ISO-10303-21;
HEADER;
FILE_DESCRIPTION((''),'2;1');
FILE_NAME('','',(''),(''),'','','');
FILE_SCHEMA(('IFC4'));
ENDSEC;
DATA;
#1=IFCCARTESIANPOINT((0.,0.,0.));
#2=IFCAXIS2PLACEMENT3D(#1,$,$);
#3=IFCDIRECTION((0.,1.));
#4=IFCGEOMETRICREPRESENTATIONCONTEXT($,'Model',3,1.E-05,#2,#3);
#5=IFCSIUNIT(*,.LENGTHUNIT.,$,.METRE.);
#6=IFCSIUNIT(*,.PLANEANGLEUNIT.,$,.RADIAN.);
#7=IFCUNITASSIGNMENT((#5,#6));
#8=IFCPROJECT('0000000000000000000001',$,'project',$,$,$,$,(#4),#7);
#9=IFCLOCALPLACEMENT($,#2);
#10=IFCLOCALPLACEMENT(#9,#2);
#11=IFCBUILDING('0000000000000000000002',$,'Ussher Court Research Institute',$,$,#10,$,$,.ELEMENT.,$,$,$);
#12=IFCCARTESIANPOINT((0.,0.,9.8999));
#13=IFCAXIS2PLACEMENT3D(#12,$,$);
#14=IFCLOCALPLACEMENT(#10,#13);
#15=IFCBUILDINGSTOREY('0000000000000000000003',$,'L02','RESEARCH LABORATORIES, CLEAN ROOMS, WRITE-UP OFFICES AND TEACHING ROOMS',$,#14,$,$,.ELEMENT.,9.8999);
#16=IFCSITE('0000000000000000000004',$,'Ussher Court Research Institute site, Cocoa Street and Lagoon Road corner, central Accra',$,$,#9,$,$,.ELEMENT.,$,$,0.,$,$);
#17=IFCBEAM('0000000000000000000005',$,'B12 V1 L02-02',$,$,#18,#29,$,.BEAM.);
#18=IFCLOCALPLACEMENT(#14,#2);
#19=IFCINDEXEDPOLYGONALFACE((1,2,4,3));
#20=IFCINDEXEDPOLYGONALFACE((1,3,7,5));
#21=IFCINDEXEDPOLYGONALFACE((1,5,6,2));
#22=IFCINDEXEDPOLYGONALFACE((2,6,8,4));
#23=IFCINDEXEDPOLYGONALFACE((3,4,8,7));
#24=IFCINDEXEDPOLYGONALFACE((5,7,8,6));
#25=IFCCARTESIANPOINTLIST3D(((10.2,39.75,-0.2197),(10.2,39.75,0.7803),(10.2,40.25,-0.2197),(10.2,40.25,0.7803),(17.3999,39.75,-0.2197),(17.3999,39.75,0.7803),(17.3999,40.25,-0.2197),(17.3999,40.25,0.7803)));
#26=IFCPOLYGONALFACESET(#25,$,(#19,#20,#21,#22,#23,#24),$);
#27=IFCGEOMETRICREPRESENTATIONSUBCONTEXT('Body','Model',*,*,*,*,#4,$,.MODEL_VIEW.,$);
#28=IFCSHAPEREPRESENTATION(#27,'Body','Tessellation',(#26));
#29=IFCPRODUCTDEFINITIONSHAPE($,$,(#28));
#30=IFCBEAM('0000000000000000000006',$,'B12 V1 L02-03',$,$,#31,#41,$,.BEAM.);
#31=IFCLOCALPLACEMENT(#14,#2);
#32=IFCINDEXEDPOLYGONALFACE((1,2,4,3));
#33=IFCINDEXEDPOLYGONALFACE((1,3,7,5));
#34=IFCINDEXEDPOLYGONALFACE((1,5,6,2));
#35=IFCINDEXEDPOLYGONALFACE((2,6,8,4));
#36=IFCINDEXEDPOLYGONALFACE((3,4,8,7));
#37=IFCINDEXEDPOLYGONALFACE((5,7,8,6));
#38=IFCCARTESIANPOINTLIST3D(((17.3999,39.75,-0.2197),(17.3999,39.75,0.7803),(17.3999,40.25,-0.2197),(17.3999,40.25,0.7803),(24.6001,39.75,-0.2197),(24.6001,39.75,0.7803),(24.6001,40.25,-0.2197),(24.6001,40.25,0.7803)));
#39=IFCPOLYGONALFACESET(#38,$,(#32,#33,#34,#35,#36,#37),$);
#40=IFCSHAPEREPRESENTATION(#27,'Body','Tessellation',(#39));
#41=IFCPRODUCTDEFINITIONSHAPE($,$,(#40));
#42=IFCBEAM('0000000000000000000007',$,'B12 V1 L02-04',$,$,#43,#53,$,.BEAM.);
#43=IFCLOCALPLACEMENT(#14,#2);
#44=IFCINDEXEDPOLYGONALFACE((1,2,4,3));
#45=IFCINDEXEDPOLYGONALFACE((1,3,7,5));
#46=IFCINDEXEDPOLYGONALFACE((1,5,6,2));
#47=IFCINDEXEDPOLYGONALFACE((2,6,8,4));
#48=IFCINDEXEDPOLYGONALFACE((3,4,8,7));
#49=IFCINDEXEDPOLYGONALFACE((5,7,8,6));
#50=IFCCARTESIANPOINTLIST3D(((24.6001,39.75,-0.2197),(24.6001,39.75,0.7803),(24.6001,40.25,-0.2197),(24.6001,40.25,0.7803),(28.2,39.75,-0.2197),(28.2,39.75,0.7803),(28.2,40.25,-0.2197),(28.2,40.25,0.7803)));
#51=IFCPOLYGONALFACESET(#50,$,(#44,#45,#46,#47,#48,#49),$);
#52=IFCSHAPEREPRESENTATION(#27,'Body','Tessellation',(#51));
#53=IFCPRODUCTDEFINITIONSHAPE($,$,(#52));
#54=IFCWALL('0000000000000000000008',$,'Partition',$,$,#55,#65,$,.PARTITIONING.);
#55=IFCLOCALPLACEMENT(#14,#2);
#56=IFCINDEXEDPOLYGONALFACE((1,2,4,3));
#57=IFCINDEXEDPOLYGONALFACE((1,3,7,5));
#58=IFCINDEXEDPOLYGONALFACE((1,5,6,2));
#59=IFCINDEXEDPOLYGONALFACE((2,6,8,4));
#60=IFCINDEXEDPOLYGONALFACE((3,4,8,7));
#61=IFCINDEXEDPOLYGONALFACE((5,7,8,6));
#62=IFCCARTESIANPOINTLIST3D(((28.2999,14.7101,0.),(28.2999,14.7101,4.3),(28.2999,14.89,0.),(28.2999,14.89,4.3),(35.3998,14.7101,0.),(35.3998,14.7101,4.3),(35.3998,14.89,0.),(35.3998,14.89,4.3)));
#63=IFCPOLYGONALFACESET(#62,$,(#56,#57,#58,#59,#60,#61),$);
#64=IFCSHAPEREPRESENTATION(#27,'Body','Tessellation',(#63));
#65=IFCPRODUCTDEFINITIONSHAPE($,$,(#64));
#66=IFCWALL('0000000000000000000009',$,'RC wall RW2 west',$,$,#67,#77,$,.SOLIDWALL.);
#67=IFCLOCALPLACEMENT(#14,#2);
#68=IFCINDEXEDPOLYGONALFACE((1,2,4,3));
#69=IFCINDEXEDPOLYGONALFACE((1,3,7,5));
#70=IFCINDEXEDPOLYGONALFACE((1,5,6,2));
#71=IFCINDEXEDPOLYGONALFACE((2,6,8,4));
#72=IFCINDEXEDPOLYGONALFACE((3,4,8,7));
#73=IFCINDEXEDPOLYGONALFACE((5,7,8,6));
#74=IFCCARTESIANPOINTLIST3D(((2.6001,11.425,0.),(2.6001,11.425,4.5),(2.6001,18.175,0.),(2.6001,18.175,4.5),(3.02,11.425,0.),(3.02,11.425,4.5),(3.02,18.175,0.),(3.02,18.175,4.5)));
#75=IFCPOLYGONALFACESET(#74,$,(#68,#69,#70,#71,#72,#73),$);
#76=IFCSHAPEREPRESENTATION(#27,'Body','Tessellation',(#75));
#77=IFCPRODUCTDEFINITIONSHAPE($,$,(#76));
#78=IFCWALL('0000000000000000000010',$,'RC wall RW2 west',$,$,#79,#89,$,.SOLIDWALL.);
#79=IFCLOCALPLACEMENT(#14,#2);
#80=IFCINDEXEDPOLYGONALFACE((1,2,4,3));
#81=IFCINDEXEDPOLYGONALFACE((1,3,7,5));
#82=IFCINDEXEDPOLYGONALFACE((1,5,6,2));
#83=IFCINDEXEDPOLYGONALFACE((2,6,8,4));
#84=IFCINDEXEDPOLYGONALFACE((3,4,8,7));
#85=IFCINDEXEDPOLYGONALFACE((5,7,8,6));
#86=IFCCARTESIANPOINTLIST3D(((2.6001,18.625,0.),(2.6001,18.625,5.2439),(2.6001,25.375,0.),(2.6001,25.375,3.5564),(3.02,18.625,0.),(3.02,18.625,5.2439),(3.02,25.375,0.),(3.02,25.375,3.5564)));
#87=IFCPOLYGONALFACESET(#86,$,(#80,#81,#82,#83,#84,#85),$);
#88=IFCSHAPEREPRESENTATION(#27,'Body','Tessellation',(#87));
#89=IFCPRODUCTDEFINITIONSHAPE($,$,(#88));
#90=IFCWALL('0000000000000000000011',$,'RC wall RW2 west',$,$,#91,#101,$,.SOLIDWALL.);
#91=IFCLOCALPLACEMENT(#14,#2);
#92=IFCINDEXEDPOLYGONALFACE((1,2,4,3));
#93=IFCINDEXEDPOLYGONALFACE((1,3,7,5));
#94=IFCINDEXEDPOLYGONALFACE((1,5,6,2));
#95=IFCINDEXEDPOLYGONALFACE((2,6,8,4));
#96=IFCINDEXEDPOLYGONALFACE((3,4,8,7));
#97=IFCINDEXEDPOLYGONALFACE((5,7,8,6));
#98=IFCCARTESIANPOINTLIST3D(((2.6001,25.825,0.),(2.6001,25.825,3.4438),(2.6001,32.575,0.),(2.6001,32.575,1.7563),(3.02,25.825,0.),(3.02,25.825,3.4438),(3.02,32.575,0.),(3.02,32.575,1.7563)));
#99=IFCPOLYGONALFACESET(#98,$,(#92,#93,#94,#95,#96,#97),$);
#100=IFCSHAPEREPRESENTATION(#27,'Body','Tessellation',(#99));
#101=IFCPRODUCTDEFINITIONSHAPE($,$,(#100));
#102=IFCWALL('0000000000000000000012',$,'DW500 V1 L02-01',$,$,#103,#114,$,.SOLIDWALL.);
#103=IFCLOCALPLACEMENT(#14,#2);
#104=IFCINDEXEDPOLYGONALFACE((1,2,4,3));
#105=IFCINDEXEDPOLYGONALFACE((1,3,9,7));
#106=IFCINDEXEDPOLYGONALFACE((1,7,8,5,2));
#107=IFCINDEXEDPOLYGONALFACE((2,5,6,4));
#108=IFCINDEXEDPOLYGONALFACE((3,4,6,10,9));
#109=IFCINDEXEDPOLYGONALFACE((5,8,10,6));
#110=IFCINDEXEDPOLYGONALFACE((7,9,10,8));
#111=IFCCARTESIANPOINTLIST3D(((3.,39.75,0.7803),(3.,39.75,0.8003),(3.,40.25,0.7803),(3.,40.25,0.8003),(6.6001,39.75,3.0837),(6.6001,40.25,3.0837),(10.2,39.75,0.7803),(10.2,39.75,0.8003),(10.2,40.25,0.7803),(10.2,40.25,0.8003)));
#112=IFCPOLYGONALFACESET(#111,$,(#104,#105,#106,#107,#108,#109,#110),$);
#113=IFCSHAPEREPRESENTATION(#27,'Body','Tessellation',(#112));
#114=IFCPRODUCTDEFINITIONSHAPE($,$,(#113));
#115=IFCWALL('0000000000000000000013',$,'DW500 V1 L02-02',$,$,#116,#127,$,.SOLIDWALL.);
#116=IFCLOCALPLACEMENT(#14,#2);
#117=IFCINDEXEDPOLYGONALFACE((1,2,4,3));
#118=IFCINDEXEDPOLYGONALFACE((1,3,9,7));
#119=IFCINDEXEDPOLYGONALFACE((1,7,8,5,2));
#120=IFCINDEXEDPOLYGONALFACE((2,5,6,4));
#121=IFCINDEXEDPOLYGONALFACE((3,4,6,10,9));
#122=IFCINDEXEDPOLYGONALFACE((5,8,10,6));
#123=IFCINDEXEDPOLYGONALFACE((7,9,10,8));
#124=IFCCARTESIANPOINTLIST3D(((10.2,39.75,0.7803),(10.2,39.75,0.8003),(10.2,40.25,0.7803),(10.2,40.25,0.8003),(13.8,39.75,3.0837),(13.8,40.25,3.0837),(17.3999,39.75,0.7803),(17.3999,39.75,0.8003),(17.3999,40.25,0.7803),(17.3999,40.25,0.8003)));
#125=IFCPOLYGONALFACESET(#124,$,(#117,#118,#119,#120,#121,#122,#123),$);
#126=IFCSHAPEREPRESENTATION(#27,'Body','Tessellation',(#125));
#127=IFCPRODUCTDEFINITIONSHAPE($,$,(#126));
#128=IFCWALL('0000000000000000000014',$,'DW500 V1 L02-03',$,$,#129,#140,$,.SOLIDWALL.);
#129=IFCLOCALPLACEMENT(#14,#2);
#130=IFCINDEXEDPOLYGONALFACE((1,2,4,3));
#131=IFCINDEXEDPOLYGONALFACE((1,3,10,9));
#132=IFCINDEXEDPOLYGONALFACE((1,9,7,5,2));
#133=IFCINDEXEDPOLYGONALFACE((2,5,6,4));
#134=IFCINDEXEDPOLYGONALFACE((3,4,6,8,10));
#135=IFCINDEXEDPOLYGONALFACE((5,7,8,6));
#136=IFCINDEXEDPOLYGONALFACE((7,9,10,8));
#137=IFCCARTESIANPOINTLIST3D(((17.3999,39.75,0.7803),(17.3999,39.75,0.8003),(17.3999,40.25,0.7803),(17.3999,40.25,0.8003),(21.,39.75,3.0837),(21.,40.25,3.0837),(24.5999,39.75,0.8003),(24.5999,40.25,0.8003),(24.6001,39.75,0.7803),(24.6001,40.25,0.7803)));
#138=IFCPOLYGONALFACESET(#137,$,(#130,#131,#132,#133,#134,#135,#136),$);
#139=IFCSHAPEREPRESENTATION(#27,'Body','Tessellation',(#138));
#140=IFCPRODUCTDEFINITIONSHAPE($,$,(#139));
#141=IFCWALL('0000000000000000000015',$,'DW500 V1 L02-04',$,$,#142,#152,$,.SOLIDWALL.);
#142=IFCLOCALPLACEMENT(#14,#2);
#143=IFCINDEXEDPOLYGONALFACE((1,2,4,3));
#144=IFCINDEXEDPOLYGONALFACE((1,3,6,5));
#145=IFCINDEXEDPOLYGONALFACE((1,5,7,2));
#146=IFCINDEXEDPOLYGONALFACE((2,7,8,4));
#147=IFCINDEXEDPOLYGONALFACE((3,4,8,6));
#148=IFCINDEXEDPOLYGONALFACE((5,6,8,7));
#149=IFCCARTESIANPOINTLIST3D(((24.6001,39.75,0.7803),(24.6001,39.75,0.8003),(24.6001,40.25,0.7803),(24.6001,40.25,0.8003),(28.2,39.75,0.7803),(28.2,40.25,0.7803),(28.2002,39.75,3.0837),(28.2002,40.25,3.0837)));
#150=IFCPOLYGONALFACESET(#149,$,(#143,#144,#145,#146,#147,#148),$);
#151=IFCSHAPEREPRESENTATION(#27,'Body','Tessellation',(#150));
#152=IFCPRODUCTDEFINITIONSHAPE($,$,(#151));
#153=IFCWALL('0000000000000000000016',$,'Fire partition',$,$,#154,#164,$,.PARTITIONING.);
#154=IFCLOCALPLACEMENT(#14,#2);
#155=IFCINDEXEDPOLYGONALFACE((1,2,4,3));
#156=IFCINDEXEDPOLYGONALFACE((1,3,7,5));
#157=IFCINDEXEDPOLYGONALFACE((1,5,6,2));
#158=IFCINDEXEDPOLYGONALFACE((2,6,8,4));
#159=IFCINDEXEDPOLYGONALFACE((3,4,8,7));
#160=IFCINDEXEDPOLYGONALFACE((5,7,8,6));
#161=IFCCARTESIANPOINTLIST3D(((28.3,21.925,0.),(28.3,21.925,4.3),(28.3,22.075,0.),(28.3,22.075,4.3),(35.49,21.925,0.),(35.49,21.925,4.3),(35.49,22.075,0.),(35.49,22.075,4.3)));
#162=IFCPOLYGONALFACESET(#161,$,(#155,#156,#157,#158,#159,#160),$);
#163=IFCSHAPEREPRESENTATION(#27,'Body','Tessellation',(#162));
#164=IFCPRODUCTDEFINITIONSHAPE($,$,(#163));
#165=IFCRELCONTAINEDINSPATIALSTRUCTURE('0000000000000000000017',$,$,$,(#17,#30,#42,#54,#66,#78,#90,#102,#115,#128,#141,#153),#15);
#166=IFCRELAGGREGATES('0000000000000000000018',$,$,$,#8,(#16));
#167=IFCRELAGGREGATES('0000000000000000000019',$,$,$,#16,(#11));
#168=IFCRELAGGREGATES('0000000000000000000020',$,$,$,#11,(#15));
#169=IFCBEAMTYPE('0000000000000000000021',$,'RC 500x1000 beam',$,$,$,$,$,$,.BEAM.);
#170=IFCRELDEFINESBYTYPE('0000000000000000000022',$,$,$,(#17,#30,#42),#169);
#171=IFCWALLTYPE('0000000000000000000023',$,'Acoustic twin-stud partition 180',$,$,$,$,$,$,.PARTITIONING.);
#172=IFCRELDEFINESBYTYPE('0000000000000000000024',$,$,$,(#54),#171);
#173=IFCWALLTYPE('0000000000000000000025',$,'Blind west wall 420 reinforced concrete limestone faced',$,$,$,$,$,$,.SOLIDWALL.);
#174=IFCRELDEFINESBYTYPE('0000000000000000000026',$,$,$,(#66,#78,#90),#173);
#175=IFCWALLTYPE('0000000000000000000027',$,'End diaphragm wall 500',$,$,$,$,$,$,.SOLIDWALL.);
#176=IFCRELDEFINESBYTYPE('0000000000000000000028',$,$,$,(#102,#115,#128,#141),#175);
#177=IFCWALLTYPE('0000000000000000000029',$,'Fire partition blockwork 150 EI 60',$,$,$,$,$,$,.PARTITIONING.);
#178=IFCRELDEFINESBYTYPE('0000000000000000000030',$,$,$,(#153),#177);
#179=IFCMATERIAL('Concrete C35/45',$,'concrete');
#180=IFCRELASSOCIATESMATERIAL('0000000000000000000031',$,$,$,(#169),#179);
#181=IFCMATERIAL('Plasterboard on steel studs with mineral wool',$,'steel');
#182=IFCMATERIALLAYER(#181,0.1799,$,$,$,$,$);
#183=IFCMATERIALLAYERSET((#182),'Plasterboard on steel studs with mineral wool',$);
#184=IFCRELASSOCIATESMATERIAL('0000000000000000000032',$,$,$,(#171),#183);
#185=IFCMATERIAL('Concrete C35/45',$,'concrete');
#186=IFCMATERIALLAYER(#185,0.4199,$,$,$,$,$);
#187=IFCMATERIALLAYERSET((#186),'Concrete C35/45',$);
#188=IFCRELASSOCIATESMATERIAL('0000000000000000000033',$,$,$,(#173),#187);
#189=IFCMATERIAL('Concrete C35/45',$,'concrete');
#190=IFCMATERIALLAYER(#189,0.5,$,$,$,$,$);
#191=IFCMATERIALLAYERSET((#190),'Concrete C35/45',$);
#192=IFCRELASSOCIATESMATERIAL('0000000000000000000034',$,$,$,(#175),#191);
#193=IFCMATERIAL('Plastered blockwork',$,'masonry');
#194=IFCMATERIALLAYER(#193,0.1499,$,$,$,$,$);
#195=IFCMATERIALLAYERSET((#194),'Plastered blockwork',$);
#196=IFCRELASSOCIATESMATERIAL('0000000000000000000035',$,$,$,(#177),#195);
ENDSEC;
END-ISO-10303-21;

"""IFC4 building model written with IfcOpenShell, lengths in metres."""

from ifc_helpers import new_model, si_unit, direction, frame, frame_2d, origin, origin_2d, place, context, subcontext, project, spatial, polyline, rectangle, outline, extrude, material, layer, layer_set, material_profile, profile_set, type_object, element, save


model = new_model("IFC4")

# Units and contexts
model_context = context("Model", 3, precision=1e-05, world=origin(), true_north=direction((0.0, 1.0)))
body_context = subcontext(model_context, "Body", "Model", "MODEL_VIEW")
ifc_project = project(units=[si_unit("LENGTHUNIT", "METRE"), si_unit("PLANEANGLEUNIT", "RADIAN")], contexts=[model_context])

# Site, building, storey
site_placement = place(None, origin())
site = spatial("IfcSite", under=ifc_project, at=site_placement, Name="Ussher Court Research Institute site, Cocoa Street and Lagoon Road corner, central Accra", CompositionType="ELEMENT", RefElevation=0.0)
building_placement = place(site_placement, origin())
building = spatial("IfcBuilding", under=site, at=building_placement, Name="Ussher Court Research Institute", CompositionType="ELEMENT")
storey_placement = place(building_placement, frame((0.0, 0.0, 9.8999)))
storey = spatial("IfcBuildingStorey", under=building, at=storey_placement, Name="L02", Description="RESEARCH LABORATORIES, CLEAN ROOMS, WRITE-UP OFFICES AND TEACHING ROOMS", CompositionType="ELEMENT", Elevation=9.8999)

# Beams
ifc_material_1 = material(Name="Concrete C35/45", Category="concrete")
ifc_material_profile_1 = material_profile(ifc_material_1, rectangle(XDim=0.5, YDim=1.0, at=origin_2d()), Name="RC 500x1000")
ifc_profile_set_1 = profile_set([ifc_material_profile_1], Name="Concrete C35/45")
beam_type_1 = type_object("IfcBeamType", Name="RC 500x1000 beam", PredefinedType="BEAM", material=ifc_profile_set_1)
for number, where, z_axis, x_axis, name in (
    (1, (10.2, 40.0, 0.2803), (1.0, 0.0, 0.0), (0.0, 1.0, 0.0), "B12 V1 L02-02"),
):
    element("IfcBeam", number, at=place(storey_placement, frame(where, z_axis=z_axis, x_axis=x_axis)), inside=storey, type_object=beam_type_1, Name=name, PredefinedType="BEAM", context=body_context, shape_type="SweptSolid", body=[
        extrude(rectangle(XDim=0.5, YDim=1.0, at=origin_2d()), origin(), (0.0, 0.0, 1.0), 7.2),
    ])
beam_1_placement = place(storey_placement, frame((17.3999, 40.0, 0.2803), z_axis=(1.0, 0.0, 0.0), x_axis=(0.0, 1.0, 0.0)))
element("IfcBeam", 2, at=beam_1_placement, inside=storey, type_object=beam_type_1, Name="B12 V1 L02-03", PredefinedType="BEAM", context=body_context, shape_type="SweptSolid", body=[
    extrude(rectangle(XDim=0.5, YDim=1.0, at=origin_2d()), origin(), (0.0, 0.0, 1.0), 7.2002),
])
beam_2_placement = place(storey_placement, frame((24.6001, 40.0, 0.2803), z_axis=(1.0, 0.0, 0.0), x_axis=(0.0, 1.0, 0.0)))
element("IfcBeam", 3, at=beam_2_placement, inside=storey, type_object=beam_type_1, Name="B12 V1 L02-04", PredefinedType="BEAM", context=body_context, shape_type="SweptSolid", body=[
    extrude(rectangle(XDim=0.5, YDim=1.0, at=origin_2d()), origin(), (0.0, 0.0, 1.0), 3.5999),
])

# Walls
ifc_material_2 = material(Name="Plasterboard on steel studs with mineral wool", Category="steel")
ifc_layer_1 = layer(ifc_material_2, 0.1799)
ifc_layer_set_1 = layer_set([ifc_layer_1], Name="Plasterboard on steel studs with mineral wool")
wall_type_1 = type_object("IfcWallType", Name="Acoustic twin-stud partition 180", PredefinedType="PARTITIONING", material=ifc_layer_set_1)
wall_1_placement = place(storey_placement, frame((28.3, 14.8, 0.0), z_axis=(0.0, 0.0, 1.0), x_axis=(1.0, 0.0, 0.0)))
element("IfcWall", 4, at=wall_1_placement, inside=storey, type_object=wall_type_1, Name="Partition", PredefinedType="PARTITIONING", context=body_context, shape_type="SweptSolid", body=[
    extrude(rectangle(XDim=7.0999, YDim=0.1799, at=frame_2d((3.5498, 0.0))), origin(), (0.0, 0.0, 1.0), 4.3),
])
ifc_material_3 = material(Name="Concrete C35/45", Category="concrete")
ifc_layer_2 = layer(ifc_material_3, 0.4199)
ifc_layer_set_2 = layer_set([ifc_layer_2], Name="Concrete C35/45")
wall_type_2 = type_object("IfcWallType", Name="Blind west wall 420 reinforced concrete limestone faced", PredefinedType="SOLIDWALL", material=ifc_layer_set_2)
wall_2_placement = place(storey_placement, frame((2.8101, 11.425, 0.0), z_axis=(0.0, 0.0, 1.0), x_axis=(0.0, 1.0, 0.0)))
element("IfcWall", 5, at=wall_2_placement, inside=storey, type_object=wall_type_2, Name="RC wall RW2 west", PredefinedType="SOLIDWALL", context=body_context, shape_type="SweptSolid", body=[
    extrude(rectangle(XDim=6.75, YDim=0.4199, at=frame_2d((3.375, 0.0))), origin(), (0.0, 0.0, 1.0), 4.5),
])
wall_3_placement = place(storey_placement, frame((2.8101, 18.625, 0.0), z_axis=(0.0, 0.0, 1.0), x_axis=(0.0, 1.0, 0.0)))
element("IfcWall", 6, at=wall_3_placement, inside=storey, type_object=wall_type_2, Name="RC wall RW2 west", PredefinedType="SOLIDWALL", context=body_context, shape_type="SweptSolid", body=[
    extrude(outline(polyline([(0.0, 0.0), (6.75, 0.0), (6.75, 3.5564), (0.0, 5.2439), (0.0, 0.0)])), frame((0.0, 0.21, 0.0), z_axis=(0.0, -1.0, 0.0), x_axis=(1.0, 0.0, 0.0)), (0.0, 0.0, 1.0), 0.4199),
])
wall_4_placement = place(storey_placement, frame((2.8101, 25.825, 0.0), z_axis=(0.0, 0.0, 1.0), x_axis=(0.0, 1.0, 0.0)))
element("IfcWall", 7, at=wall_4_placement, inside=storey, type_object=wall_type_2, Name="RC wall RW2 west", PredefinedType="SOLIDWALL", context=body_context, shape_type="SweptSolid", body=[
    extrude(outline(polyline([(0.0, 0.0), (6.75, 0.0), (6.75, 1.7563), (0.0, 3.4438), (0.0, 0.0)])), frame((0.0, 0.21, 0.0), z_axis=(0.0, -1.0, 0.0), x_axis=(1.0, 0.0, 0.0)), (0.0, 0.0, 1.0), 0.4199),
])
ifc_material_4 = material(Name="Concrete C35/45", Category="concrete")
ifc_layer_3 = layer(ifc_material_4, 0.5)
ifc_layer_set_3 = layer_set([ifc_layer_3], Name="Concrete C35/45")
wall_type_3 = type_object("IfcWallType", Name="End diaphragm wall 500", PredefinedType="SOLIDWALL", material=ifc_layer_set_3)
for number, where, z_axis, x_axis, name in (
    (8, (3.0, 40.0, 0.7803), (0.0, 0.0, 1.0), (1.0, 0.0, 0.0), "DW500 V1 L02-01"),
    (9, (10.2, 40.0, 0.7803), (0.0, 0.0, 1.0), (1.0, 0.0, 0.0), "DW500 V1 L02-02"),
):
    element("IfcWall", number, at=place(storey_placement, frame(where, z_axis=z_axis, x_axis=x_axis)), inside=storey, type_object=wall_type_3, Name=name, PredefinedType="SOLIDWALL", context=body_context, shape_type="SweptSolid", body=[
        extrude(outline(polyline([(0.0, 0.0), (7.2, 0.0), (7.2, 0.02), (3.6001, 2.3035), (0.0, 0.02), (0.0, 0.0)])), frame((0.0, 0.25, 0.0), z_axis=(0.0, -1.0, 0.0), x_axis=(1.0, 0.0, 0.0)), (0.0, 0.0, 1.0), 0.5),
    ])
wall_5_placement = place(storey_placement, frame((17.3999, 40.0, 0.7803), z_axis=(0.0, 0.0, 1.0), x_axis=(1.0, 0.0, 0.0)))
element("IfcWall", 10, at=wall_5_placement, inside=storey, type_object=wall_type_3, Name="DW500 V1 L02-03", PredefinedType="SOLIDWALL", context=body_context, shape_type="SweptSolid", body=[
    extrude(outline(polyline([(0.0, 0.0), (7.2002, 0.0), (7.2, 0.02), (3.6001, 2.3035), (0.0, 0.02), (0.0, 0.0)])), frame((0.0, 0.25, 0.0), z_axis=(0.0, -1.0, 0.0), x_axis=(1.0, 0.0, 0.0)), (0.0, 0.0, 1.0), 0.5),
])
wall_6_placement = place(storey_placement, frame((24.6001, 40.0, 0.7803), z_axis=(0.0, 0.0, 1.0), x_axis=(1.0, 0.0, 0.0)))
element("IfcWall", 11, at=wall_6_placement, inside=storey, type_object=wall_type_3, Name="DW500 V1 L02-04", PredefinedType="SOLIDWALL", context=body_context, shape_type="SweptSolid", body=[
    extrude(outline(polyline([(0.0, 0.0), (3.5999, 0.0), (3.6001, 2.3035), (0.0, 0.02), (0.0, 0.0)])), frame((0.0, 0.25, 0.0), z_axis=(0.0, -1.0, 0.0), x_axis=(1.0, 0.0, 0.0)), (0.0, 0.0, 1.0), 0.5),
])
ifc_material_5 = material(Name="Plastered blockwork", Category="masonry")
ifc_layer_4 = layer(ifc_material_5, 0.1499)
ifc_layer_set_4 = layer_set([ifc_layer_4], Name="Plastered blockwork")
wall_type_4 = type_object("IfcWallType", Name="Fire partition blockwork 150 EI 60", PredefinedType="PARTITIONING", material=ifc_layer_set_4)
wall_7_placement = place(storey_placement, frame((28.3, 22.0, 0.0), z_axis=(0.0, 0.0, 1.0), x_axis=(1.0, 0.0, 0.0)))
element("IfcWall", 12, at=wall_7_placement, inside=storey, type_object=wall_type_4, Name="Fire partition", PredefinedType="PARTITIONING", context=body_context, shape_type="SweptSolid", body=[
    extrude(rectangle(XDim=7.1899, YDim=0.1499, at=frame_2d((3.595, 0.0))), origin(), (0.0, 0.0, 1.0), 4.3),
])

save(model, "model.ifc")
